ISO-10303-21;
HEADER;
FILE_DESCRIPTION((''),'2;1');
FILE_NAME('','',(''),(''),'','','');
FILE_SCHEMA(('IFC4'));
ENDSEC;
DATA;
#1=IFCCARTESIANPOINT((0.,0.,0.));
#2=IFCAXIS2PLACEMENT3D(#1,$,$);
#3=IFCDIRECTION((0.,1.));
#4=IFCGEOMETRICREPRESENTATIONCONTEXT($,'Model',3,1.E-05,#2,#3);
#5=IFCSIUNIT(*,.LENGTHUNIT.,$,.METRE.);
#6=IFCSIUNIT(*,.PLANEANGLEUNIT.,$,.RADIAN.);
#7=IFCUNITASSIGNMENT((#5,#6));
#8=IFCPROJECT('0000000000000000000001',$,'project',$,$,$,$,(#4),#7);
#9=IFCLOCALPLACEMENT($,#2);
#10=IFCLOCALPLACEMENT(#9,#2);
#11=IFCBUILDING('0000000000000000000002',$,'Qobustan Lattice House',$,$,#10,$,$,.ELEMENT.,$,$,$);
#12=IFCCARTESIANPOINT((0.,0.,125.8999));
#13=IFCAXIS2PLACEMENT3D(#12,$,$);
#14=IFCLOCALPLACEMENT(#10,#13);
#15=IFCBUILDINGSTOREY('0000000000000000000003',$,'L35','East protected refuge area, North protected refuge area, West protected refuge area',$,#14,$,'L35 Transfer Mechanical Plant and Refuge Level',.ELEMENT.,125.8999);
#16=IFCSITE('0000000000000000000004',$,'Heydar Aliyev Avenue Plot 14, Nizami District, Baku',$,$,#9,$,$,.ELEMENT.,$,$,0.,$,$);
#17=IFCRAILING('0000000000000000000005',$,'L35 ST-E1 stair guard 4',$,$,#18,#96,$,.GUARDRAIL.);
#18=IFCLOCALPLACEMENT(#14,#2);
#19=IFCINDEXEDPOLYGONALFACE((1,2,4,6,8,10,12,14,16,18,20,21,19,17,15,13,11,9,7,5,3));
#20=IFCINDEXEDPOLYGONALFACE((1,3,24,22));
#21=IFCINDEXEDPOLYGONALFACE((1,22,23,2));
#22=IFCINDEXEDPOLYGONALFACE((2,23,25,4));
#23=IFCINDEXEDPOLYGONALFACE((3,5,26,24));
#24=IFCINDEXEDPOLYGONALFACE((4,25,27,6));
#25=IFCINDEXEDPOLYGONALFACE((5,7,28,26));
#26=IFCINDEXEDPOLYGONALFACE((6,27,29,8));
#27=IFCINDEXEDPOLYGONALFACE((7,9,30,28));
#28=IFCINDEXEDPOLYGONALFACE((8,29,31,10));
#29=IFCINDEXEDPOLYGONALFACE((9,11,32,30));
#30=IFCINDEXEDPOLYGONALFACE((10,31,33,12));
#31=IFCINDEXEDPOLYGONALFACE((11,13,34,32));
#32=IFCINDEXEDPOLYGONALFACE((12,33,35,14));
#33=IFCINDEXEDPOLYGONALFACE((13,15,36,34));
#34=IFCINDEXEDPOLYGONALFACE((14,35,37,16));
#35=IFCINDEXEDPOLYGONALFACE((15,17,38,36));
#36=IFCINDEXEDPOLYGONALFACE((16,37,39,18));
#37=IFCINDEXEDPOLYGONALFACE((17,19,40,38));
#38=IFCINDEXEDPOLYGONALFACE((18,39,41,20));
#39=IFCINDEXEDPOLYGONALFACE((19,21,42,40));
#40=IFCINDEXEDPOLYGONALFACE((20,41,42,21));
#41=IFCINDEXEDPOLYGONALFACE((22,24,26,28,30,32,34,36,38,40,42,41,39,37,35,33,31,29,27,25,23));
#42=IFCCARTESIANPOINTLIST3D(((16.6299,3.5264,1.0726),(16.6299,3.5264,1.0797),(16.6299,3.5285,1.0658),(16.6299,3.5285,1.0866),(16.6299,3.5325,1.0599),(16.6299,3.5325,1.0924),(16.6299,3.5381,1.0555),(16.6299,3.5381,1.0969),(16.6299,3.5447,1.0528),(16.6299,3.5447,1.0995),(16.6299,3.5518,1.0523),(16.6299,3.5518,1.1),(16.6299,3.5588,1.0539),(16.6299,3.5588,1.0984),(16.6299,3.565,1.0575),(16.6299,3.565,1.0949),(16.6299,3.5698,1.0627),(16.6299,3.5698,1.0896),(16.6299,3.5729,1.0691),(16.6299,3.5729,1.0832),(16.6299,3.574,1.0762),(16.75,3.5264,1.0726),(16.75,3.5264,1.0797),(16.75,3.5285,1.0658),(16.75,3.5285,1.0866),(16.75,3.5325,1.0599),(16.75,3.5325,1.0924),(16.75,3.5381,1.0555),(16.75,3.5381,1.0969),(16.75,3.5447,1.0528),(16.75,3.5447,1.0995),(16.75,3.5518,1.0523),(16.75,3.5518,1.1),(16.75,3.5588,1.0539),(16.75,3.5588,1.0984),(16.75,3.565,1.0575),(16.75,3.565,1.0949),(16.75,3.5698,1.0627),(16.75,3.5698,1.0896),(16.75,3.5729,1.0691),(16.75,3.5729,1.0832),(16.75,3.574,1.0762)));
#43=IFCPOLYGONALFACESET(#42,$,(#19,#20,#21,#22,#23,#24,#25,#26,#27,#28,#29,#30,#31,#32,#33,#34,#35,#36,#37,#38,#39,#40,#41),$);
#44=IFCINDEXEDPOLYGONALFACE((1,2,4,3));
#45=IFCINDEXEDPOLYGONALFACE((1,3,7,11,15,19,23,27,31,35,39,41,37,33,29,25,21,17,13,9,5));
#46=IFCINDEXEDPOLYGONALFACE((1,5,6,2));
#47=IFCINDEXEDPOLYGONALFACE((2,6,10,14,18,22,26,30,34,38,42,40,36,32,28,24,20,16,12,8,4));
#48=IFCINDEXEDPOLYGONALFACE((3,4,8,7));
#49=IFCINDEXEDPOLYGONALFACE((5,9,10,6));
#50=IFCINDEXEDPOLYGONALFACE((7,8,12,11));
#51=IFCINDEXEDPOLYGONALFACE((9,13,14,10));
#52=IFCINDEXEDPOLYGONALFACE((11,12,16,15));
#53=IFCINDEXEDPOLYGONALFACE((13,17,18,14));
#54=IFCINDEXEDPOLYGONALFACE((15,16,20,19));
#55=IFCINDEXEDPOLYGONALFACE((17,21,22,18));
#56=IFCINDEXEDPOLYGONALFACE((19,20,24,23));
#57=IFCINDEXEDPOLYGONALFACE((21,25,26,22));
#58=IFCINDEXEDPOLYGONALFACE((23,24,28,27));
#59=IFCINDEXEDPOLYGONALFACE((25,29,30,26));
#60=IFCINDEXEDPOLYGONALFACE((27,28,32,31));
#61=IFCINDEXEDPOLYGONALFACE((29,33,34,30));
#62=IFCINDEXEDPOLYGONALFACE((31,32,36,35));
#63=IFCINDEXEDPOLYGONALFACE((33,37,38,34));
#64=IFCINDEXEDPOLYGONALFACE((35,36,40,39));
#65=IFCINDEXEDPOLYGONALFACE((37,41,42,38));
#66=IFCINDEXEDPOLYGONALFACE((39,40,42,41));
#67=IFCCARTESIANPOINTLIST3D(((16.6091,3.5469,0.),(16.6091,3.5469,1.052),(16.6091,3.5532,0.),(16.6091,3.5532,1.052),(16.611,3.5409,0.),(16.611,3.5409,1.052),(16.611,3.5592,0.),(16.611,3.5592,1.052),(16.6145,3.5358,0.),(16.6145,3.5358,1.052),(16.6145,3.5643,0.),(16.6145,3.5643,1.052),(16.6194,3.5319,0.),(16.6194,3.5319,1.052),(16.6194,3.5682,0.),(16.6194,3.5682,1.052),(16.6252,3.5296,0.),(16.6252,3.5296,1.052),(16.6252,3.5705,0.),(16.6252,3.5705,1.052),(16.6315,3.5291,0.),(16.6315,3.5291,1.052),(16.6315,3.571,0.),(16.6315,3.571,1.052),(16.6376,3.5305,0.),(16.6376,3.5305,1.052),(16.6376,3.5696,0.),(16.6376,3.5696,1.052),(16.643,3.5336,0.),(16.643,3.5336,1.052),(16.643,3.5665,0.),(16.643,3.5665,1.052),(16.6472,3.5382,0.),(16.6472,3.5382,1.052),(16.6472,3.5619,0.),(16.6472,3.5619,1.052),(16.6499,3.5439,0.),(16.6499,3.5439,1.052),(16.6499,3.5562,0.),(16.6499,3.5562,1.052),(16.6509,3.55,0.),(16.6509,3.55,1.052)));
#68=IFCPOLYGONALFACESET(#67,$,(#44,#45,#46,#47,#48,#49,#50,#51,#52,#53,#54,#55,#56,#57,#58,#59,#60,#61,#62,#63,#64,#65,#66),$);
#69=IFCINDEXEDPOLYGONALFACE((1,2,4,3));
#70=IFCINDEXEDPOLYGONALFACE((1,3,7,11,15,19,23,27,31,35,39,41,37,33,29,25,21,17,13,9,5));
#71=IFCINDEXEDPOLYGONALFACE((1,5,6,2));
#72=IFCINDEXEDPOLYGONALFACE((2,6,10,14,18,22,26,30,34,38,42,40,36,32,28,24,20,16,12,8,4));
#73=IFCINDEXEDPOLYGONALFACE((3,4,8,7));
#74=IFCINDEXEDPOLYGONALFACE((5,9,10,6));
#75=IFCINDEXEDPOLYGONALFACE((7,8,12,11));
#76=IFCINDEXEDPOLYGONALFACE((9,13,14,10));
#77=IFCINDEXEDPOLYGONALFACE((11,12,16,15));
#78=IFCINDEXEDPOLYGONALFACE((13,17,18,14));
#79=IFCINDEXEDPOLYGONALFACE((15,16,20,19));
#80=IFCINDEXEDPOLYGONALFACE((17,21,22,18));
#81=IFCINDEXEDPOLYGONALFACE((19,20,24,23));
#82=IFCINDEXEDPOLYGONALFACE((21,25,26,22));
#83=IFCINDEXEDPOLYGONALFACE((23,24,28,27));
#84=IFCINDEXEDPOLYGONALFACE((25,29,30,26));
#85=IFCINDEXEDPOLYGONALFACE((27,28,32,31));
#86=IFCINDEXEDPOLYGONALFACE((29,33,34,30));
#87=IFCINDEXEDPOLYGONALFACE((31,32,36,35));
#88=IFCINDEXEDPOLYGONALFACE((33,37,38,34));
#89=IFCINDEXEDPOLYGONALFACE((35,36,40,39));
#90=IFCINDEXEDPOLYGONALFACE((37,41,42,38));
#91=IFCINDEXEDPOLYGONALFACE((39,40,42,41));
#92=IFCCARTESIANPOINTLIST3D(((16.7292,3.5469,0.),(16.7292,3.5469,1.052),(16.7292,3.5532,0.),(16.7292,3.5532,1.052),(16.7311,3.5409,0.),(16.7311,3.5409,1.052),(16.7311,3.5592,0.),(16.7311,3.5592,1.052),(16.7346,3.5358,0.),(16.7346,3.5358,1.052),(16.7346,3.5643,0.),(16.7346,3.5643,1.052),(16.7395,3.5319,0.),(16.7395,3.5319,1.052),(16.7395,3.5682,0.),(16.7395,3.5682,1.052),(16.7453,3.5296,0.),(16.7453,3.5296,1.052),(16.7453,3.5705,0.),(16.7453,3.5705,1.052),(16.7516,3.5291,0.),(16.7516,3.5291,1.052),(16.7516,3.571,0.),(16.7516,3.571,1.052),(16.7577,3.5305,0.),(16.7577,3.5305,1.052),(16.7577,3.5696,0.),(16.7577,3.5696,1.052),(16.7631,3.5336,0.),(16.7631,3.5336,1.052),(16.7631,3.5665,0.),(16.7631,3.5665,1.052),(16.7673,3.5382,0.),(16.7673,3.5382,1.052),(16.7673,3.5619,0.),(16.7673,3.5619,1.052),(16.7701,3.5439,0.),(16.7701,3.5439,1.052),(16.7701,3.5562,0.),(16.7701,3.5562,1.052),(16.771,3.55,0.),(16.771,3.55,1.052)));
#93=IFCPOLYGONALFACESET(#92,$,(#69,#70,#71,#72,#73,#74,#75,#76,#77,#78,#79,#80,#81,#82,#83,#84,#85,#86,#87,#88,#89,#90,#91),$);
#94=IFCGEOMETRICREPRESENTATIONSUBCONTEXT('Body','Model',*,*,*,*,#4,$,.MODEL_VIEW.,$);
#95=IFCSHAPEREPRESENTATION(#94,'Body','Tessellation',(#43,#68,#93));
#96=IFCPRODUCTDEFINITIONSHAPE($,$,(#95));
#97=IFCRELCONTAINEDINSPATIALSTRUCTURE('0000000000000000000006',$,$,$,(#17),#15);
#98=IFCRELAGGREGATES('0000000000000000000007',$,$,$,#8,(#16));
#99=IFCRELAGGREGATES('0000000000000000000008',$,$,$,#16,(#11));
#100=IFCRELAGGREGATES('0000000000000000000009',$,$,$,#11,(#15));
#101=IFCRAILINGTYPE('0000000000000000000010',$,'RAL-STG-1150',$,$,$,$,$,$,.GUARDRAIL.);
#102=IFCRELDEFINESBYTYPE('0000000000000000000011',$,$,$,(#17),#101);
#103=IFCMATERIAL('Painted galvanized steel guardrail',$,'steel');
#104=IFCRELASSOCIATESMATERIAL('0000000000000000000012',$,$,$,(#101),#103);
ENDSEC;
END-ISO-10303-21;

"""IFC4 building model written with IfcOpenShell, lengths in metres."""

from ifc_helpers import new_model, si_unit, direction, frame, origin, origin_2d, place, context, subcontext, project, spatial, circle, extrude, material, type_object, element, save


model = new_model("IFC4")

# Units and contexts
model_context = context("Model", 3, precision=1e-05, world=origin(), true_north=direction((0.0, 1.0)))
body_context = subcontext(model_context, "Body", "Model", "MODEL_VIEW")
ifc_project = project(units=[si_unit("LENGTHUNIT", "METRE"), si_unit("PLANEANGLEUNIT", "RADIAN")], contexts=[model_context])

# Site, building, storey
site_placement = place(None, origin())
site = spatial("IfcSite", under=ifc_project, at=site_placement, Name="Heydar Aliyev Avenue Plot 14, Nizami District, Baku", CompositionType="ELEMENT", RefElevation=0.0)
building_placement = place(site_placement, origin())
building = spatial("IfcBuilding", under=site, at=building_placement, Name="Qobustan Lattice House", CompositionType="ELEMENT")
storey_placement = place(building_placement, frame((0.0, 0.0, 125.8999)))
storey = spatial("IfcBuildingStorey", under=building, at=storey_placement, Name="L35", Description="East protected refuge area, North protected refuge area, West protected refuge area", LongName="L35 Transfer Mechanical Plant and Refuge Level", CompositionType="ELEMENT", Elevation=125.8999)

# Railing
ifc_material_1 = material(Name="Painted galvanized steel guardrail", Category="steel")
railing_type_1 = type_object("IfcRailingType", Name="RAL-STG-1150", PredefinedType="GUARDRAIL", material=ifc_material_1)
railing_1_placement = place(storey_placement, frame((16.6299, 3.55, 0.0)))
element("IfcRailing", 1, at=railing_1_placement, inside=storey, type_object=railing_type_1, Name="L35 ST-E1 stair guard 4", PredefinedType="GUARDRAIL", context=body_context, shape_type="SweptSolid", body=[
    extrude(circle(Radius=0.0239, at=origin_2d()), frame((0.0, 0.0, 1.0762), z_axis=(1.0, 0.0, 0.0), x_axis=(0.0, 1.0, 0.0)), (0.0, 0.0, 1.0), 0.1201),
    extrude(circle(Radius=0.021, at=origin_2d()), origin(), (0.0, 0.0, 1.0), 1.052),
    extrude(circle(Radius=0.021, at=origin_2d()), frame((0.1201, 0.0, 0.0)), (0.0, 0.0, 1.0), 1.052),
])

save(model, "model.ifc")
